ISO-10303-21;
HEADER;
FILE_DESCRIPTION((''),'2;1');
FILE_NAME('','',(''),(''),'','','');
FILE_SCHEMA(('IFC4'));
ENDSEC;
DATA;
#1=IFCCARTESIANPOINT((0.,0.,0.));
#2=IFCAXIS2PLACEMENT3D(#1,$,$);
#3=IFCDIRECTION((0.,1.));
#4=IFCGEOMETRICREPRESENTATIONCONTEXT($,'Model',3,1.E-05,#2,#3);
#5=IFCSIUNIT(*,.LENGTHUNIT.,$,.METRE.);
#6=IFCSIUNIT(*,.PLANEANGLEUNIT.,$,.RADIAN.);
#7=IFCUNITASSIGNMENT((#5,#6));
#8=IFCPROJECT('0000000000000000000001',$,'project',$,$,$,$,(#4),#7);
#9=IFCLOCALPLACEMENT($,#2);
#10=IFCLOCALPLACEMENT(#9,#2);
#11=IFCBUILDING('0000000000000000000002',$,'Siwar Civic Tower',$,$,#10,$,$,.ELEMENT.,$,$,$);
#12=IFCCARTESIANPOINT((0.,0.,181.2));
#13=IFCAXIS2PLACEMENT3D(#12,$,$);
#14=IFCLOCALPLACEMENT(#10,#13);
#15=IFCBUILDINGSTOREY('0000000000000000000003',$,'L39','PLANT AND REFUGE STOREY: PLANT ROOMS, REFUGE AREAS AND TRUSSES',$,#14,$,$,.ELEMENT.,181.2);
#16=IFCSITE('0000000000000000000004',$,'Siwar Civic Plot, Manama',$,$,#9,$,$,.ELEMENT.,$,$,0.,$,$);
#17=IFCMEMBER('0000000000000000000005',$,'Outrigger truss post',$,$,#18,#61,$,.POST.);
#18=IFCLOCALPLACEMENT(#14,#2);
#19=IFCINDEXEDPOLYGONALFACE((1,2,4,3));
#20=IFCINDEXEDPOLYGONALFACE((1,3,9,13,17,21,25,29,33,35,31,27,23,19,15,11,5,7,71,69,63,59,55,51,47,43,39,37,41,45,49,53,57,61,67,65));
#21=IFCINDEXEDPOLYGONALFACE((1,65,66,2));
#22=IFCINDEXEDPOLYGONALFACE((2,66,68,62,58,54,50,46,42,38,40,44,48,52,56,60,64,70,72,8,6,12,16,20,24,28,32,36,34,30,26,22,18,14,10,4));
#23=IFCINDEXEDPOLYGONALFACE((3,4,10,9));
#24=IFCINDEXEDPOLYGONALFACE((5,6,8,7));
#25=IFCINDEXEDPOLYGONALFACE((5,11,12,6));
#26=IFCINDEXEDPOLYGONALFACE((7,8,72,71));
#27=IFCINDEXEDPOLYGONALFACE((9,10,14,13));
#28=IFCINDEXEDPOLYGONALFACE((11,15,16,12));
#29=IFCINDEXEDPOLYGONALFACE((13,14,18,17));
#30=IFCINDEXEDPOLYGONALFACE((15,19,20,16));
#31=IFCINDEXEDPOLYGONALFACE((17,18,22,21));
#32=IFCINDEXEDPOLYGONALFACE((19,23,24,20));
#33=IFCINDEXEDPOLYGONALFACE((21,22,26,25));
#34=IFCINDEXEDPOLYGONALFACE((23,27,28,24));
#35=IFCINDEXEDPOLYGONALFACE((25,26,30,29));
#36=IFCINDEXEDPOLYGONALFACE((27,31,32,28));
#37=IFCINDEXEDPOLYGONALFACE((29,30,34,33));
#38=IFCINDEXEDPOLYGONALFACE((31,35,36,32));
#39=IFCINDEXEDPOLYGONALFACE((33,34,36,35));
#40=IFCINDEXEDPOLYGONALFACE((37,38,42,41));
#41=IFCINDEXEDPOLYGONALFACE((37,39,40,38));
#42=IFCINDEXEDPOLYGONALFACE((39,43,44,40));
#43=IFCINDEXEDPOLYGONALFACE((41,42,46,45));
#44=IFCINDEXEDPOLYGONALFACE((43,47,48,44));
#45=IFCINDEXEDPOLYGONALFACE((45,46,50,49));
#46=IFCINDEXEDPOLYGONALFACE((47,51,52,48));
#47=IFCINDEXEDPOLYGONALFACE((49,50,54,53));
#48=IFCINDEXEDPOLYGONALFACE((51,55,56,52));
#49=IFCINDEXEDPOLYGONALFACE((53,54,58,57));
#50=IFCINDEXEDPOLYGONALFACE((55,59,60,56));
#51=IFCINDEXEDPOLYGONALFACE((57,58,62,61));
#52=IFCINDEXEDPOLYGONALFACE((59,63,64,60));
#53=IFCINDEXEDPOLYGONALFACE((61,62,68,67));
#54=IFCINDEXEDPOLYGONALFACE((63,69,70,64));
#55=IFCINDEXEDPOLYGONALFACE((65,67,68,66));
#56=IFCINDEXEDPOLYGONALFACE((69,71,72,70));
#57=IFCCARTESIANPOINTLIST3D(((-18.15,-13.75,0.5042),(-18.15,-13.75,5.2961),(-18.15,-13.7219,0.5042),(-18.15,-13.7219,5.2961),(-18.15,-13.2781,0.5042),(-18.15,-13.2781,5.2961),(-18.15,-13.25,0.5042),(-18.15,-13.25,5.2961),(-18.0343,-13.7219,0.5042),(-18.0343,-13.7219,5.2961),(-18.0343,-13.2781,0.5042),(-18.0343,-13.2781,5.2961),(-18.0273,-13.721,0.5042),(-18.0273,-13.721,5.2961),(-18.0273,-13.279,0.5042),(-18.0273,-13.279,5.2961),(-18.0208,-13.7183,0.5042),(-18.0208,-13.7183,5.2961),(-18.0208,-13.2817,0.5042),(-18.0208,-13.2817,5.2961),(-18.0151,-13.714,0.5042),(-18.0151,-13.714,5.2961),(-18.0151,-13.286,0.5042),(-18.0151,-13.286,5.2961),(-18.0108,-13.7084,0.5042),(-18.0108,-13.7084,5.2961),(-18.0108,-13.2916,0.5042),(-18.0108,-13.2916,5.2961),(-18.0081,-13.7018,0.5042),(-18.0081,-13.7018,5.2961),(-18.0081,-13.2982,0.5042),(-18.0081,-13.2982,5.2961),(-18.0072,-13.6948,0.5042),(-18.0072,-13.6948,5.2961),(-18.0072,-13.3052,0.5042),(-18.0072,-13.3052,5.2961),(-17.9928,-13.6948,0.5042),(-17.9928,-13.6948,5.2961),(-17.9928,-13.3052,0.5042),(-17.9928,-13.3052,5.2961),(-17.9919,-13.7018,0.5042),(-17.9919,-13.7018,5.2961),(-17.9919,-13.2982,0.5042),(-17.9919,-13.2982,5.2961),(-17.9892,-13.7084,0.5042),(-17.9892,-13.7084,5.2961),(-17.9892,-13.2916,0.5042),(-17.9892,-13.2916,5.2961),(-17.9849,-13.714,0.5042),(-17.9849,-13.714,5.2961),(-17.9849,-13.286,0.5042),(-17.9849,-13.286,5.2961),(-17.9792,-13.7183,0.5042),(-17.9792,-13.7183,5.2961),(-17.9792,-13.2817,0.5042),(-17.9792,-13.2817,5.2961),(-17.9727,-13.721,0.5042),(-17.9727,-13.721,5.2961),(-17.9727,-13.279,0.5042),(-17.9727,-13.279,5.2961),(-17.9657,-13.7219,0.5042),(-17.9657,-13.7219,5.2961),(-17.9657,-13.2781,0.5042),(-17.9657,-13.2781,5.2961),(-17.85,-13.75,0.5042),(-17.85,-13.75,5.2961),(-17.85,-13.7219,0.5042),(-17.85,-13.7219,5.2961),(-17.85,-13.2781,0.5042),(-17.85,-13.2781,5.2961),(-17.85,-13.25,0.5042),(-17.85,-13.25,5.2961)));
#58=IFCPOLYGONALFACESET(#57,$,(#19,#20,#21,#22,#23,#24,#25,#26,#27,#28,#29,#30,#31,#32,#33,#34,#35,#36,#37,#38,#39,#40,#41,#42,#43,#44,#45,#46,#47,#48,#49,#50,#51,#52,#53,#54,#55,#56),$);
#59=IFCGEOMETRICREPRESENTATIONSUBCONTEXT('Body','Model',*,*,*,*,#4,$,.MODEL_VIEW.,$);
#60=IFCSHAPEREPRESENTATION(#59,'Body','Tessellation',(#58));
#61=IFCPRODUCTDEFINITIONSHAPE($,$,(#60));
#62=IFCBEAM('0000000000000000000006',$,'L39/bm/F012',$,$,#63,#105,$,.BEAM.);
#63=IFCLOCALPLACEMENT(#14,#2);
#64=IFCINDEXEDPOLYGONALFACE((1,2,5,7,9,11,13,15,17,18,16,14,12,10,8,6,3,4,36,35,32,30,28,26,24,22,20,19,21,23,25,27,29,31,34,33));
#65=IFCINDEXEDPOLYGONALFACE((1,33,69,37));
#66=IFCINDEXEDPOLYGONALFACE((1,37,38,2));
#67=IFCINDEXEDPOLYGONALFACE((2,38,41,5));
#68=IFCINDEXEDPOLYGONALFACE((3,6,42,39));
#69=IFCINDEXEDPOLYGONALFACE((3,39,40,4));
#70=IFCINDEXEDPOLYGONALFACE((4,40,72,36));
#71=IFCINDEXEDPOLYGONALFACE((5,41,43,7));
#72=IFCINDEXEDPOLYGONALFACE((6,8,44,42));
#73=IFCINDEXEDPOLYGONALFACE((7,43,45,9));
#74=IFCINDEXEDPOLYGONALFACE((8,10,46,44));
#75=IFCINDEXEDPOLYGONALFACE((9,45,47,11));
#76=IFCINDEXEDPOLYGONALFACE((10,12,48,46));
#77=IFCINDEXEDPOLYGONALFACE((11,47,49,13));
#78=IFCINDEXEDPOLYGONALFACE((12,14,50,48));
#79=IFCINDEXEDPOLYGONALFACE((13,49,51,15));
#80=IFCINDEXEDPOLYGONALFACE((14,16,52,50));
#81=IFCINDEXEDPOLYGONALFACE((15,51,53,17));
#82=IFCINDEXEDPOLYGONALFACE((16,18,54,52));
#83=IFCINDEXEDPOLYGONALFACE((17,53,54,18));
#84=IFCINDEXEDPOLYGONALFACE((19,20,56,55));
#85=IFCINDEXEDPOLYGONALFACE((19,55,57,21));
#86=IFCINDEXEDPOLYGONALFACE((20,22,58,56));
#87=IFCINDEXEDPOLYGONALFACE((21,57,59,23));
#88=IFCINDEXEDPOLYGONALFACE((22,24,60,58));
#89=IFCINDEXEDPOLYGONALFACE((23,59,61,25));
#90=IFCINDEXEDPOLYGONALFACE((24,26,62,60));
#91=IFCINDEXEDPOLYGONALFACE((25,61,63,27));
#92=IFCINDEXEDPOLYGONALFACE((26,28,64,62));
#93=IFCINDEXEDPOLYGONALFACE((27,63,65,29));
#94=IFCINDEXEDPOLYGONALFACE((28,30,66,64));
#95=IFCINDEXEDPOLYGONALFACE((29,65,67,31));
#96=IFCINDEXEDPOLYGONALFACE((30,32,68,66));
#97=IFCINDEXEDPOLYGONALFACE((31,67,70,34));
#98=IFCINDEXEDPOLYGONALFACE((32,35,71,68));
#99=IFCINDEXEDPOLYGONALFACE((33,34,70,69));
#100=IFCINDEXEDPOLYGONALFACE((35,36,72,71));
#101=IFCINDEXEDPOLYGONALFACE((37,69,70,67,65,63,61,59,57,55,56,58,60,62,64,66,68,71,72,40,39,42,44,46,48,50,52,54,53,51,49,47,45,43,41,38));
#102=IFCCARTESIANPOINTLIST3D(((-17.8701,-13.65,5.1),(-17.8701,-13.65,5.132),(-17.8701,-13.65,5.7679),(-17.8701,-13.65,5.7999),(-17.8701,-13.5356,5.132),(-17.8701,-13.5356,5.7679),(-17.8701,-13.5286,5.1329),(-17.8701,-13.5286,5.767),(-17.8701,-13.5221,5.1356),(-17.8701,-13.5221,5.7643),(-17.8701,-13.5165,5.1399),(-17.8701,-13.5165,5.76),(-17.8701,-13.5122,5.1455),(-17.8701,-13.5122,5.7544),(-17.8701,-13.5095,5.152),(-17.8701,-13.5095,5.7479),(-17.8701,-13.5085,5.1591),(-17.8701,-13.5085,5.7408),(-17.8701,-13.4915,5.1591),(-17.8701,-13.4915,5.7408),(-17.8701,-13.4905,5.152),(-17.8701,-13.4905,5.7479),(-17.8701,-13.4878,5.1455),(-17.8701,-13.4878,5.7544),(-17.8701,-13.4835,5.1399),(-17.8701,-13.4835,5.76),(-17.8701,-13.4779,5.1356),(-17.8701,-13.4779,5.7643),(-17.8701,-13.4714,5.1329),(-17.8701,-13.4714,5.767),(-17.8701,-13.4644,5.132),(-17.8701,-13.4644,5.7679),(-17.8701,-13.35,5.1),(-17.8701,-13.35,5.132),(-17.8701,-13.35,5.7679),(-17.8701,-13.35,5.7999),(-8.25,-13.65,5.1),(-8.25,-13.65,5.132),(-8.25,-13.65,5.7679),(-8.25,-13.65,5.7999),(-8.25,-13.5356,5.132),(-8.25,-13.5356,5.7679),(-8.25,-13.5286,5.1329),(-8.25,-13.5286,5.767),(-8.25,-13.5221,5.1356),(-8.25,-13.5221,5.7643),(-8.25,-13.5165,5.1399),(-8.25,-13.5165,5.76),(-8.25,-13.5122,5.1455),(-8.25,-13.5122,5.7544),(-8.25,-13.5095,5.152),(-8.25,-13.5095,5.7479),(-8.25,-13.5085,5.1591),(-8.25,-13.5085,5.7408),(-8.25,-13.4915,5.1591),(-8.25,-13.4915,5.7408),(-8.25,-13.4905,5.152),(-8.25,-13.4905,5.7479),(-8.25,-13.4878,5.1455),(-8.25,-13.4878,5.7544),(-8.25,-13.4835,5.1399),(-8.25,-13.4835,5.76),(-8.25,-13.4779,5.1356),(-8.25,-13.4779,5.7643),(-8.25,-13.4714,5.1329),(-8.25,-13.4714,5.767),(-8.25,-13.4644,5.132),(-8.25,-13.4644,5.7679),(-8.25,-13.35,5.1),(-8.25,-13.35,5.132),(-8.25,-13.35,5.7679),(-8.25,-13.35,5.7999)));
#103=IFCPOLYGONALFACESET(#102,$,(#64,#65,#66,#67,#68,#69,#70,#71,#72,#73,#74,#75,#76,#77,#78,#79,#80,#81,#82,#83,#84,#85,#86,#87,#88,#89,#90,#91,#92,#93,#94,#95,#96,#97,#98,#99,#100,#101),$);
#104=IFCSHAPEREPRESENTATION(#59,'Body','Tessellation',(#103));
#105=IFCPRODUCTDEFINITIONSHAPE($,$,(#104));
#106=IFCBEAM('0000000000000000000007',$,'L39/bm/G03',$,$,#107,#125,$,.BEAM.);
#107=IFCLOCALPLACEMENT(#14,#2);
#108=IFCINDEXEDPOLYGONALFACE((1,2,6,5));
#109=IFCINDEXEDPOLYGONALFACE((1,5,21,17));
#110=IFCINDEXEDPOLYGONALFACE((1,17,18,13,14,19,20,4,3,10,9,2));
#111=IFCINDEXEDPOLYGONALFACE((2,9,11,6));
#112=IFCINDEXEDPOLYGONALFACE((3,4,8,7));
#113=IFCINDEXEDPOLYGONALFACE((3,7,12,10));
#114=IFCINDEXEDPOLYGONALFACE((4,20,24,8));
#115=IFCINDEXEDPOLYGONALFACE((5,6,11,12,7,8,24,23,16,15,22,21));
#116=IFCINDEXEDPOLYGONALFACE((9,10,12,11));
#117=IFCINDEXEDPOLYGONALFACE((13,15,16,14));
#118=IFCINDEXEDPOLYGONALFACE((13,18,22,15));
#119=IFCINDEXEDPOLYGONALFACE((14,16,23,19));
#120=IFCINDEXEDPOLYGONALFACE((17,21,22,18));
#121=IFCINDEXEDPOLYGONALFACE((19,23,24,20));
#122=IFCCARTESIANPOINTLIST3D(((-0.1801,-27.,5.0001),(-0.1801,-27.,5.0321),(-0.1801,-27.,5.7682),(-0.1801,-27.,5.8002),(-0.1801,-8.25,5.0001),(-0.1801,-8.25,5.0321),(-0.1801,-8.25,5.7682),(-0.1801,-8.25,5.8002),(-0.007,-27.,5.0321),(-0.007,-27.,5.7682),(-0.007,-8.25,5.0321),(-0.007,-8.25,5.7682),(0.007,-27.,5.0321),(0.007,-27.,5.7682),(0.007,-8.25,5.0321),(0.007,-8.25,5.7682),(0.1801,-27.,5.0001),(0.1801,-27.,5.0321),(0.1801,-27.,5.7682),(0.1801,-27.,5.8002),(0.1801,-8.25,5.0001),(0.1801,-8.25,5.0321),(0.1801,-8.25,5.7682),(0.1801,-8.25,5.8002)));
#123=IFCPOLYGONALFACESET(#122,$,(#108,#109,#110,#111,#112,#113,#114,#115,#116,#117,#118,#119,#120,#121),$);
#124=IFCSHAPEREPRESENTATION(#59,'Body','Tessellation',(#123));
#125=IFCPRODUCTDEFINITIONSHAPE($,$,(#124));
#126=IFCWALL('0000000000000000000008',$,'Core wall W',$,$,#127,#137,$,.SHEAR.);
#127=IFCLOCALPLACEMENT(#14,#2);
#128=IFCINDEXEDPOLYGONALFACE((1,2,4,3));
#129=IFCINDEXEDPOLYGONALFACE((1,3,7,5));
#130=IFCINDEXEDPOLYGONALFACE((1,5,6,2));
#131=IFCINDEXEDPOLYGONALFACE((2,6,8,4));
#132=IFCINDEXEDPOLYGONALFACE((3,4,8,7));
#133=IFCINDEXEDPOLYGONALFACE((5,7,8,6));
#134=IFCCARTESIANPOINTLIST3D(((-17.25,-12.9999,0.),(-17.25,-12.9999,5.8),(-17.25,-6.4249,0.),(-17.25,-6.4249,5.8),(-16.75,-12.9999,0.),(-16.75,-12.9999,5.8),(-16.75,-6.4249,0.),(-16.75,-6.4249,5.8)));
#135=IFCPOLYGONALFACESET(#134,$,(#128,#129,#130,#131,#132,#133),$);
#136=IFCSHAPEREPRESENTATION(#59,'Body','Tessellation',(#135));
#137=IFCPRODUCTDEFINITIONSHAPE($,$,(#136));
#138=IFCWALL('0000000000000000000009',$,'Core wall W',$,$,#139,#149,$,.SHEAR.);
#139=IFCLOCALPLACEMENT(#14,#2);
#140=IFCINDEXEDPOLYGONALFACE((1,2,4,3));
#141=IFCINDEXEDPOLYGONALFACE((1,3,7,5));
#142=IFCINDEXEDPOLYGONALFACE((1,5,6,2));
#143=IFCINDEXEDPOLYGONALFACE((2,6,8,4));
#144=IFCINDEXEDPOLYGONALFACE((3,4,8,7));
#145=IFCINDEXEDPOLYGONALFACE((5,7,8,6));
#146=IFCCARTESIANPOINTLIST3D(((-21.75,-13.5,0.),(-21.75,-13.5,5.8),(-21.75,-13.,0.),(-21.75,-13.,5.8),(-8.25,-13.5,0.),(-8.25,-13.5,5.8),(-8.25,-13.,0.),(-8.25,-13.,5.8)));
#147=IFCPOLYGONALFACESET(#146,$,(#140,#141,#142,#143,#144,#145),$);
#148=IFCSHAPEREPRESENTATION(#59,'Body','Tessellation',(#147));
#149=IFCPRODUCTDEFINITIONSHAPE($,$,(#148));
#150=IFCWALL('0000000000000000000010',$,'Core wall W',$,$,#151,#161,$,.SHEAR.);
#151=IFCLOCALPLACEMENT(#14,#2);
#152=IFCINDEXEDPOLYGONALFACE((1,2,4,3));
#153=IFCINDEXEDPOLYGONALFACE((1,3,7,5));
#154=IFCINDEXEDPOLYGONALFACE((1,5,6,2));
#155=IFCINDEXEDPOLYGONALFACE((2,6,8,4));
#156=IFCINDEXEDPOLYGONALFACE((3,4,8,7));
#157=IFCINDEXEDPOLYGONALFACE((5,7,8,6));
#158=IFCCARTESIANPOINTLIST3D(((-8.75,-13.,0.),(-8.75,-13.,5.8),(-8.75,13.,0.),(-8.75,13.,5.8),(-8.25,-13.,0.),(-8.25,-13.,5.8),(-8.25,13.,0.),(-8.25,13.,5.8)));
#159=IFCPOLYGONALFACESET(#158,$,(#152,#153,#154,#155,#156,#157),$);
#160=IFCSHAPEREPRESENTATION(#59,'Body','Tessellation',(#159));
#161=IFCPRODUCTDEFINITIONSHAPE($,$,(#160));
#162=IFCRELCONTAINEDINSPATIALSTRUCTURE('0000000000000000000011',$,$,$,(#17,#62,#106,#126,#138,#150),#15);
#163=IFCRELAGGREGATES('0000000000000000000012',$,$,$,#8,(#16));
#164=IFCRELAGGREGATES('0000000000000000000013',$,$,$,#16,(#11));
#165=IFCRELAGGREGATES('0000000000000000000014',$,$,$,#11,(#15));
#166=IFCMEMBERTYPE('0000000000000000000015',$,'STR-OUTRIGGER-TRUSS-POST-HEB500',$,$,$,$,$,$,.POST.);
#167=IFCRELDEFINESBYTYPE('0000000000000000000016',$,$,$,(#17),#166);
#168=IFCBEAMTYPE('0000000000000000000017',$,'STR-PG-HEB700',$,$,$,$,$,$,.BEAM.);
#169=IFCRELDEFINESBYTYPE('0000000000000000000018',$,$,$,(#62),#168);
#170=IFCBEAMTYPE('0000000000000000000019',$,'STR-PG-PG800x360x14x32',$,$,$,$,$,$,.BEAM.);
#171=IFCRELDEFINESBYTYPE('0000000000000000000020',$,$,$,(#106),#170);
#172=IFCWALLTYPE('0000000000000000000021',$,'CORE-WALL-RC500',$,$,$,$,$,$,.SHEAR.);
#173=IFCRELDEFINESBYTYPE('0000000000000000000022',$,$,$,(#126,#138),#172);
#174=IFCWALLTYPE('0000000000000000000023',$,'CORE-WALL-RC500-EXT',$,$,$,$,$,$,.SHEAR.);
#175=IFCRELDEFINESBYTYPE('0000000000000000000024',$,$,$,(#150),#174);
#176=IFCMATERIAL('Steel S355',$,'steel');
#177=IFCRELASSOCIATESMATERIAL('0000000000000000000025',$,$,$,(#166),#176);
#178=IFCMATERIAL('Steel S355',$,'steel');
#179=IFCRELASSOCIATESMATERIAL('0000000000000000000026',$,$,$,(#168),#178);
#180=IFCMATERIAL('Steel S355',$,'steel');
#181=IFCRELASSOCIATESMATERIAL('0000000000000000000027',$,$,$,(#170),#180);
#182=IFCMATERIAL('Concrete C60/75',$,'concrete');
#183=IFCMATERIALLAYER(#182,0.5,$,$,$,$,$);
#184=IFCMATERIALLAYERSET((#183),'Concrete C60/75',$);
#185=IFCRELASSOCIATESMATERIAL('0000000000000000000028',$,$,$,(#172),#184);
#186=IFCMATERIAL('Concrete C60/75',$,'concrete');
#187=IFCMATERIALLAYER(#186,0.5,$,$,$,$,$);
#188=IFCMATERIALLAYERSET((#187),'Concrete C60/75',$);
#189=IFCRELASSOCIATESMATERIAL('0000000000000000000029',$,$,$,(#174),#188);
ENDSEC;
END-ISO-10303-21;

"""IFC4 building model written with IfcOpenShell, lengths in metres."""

from ifc_helpers import new_model, si_unit, direction, frame, frame_2d, origin, origin_2d, place, context, subcontext, project, spatial, rectangle, i_section, extrude, material, layer, layer_set, material_profile, profile_set, type_object, element, save


model = new_model("IFC4")

# Units and contexts
model_context = context("Model", 3, precision=1e-05, world=origin(), true_north=direction((0.0, 1.0)))
body_context = subcontext(model_context, "Body", "Model", "MODEL_VIEW")
ifc_project = project(units=[si_unit("LENGTHUNIT", "METRE"), si_unit("PLANEANGLEUNIT", "RADIAN")], contexts=[model_context])

# Site, building, storey
site_placement = place(None, origin())
site = spatial("IfcSite", under=ifc_project, at=site_placement, Name="Siwar Civic Plot, Manama", CompositionType="ELEMENT", RefElevation=0.0)
building_placement = place(site_placement, origin())
building = spatial("IfcBuilding", under=site, at=building_placement, Name="Siwar Civic Tower", CompositionType="ELEMENT")
storey_placement = place(building_placement, frame((0.0, 0.0, 181.2)))
storey = spatial("IfcBuildingStorey", under=building, at=storey_placement, Name="L39", Description="PLANT AND REFUGE STOREY: PLANT ROOMS, REFUGE AREAS AND TRUSSES", CompositionType="ELEMENT", Elevation=181.2)

# Member
ifc_material_1 = material(Name="Steel S355", Category="steel")
ifc_material_profile_1 = material_profile(ifc_material_1, i_section(OverallWidth=0.3, OverallDepth=0.5, WebThickness=0.0144, FlangeThickness=0.0281, FilletRadius=0.0271, at=origin_2d()), Name="HEB500")
ifc_profile_set_1 = profile_set([ifc_material_profile_1], Name="Steel S355")
member_type_1 = type_object("IfcMemberType", Name="STR-OUTRIGGER-TRUSS-POST-HEB500", PredefinedType="POST", material=ifc_profile_set_1)
member_1_placement = place(storey_placement, frame((-18.0, -13.5, 0.5042), z_axis=(0.0, 0.0, 1.0), x_axis=(1.0, 0.0, 0.0)))
element("IfcMember", 1, at=member_1_placement, inside=storey, type_object=member_type_1, Name="Outrigger truss post", PredefinedType="POST", context=body_context, shape_type="SweptSolid", body=[
    extrude(i_section(OverallWidth=0.3, OverallDepth=0.5, WebThickness=0.0144, FlangeThickness=0.0281, FilletRadius=0.0271, at=origin_2d()), origin(), (0.0, 0.0, 1.0), 4.792),
])

# Beams
ifc_material_2 = material(Name="Steel S355", Category="steel")
ifc_material_profile_2 = material_profile(ifc_material_2, i_section(OverallWidth=0.3, OverallDepth=0.7, WebThickness=0.0171, FlangeThickness=0.032, FilletRadius=0.0271, at=origin_2d()), Name="HEB700")
ifc_profile_set_2 = profile_set([ifc_material_profile_2], Name="Steel S355")
beam_type_1 = type_object("IfcBeamType", Name="STR-PG-HEB700", PredefinedType="BEAM", material=ifc_profile_set_2)
beam_1_placement = place(storey_placement, frame((-17.8701, -13.5, 5.45), z_axis=(1.0, 0.0, 0.0), x_axis=(0.0, 1.0, 0.0)))
element("IfcBeam", 2, at=beam_1_placement, inside=storey, type_object=beam_type_1, Name="L39/bm/F012", PredefinedType="BEAM", context=body_context, shape_type="SweptSolid", body=[
    extrude(i_section(OverallWidth=0.3, OverallDepth=0.7, WebThickness=0.0171, FlangeThickness=0.032, FilletRadius=0.0271, at=origin_2d()), origin(), (0.0, 0.0, 1.0), 9.6201),
])
ifc_material_3 = material(Name="Steel S355", Category="steel")
ifc_material_profile_3 = material_profile(ifc_material_3, i_section(OverallWidth=0.3601, OverallDepth=0.8, WebThickness=0.0139, FlangeThickness=0.032, at=origin_2d()), Name="PG800x360x14x32")
ifc_profile_set_3 = profile_set([ifc_material_profile_3], Name="Steel S355")
beam_type_2 = type_object("IfcBeamType", Name="STR-PG-PG800x360x14x32", PredefinedType="BEAM", material=ifc_profile_set_3)
beam_2_placement = place(storey_placement, frame((0.0, -27.0, 5.4001), z_axis=(0.0, 1.0, 0.0), x_axis=(-1.0, 0.0, 0.0)))
element("IfcBeam", 3, at=beam_2_placement, inside=storey, type_object=beam_type_2, Name="L39/bm/G03", PredefinedType="BEAM", context=body_context, shape_type="SweptSolid", body=[
    extrude(i_section(OverallWidth=0.3601, OverallDepth=0.8, WebThickness=0.0139, FlangeThickness=0.032, at=origin_2d()), origin(), (0.0, 0.0, 1.0), 18.75),
])

# Walls
ifc_material_4 = material(Name="Concrete C60/75", Category="concrete")
ifc_layer_1 = layer(ifc_material_4, 0.5)
ifc_layer_set_1 = layer_set([ifc_layer_1], Name="Concrete C60/75")
wall_type_1 = type_object("IfcWallType", Name="CORE-WALL-RC500", PredefinedType="SHEAR", material=ifc_layer_set_1)
wall_1_placement = place(storey_placement, frame((-17.0, -13.0, 0.0), z_axis=(0.0, 0.0, 1.0), x_axis=(0.0, 1.0, 0.0)))
element("IfcWall", 4, at=wall_1_placement, inside=storey, type_object=wall_type_1, Name="Core wall W", PredefinedType="SHEAR", context=body_context, shape_type="SweptSolid", body=[
    extrude(rectangle(XDim=6.575, YDim=0.5, at=frame_2d((3.2876, 0.0))), origin(), (0.0, 0.0, 1.0), 5.8),
])
wall_2_placement = place(storey_placement, frame((-8.25, -13.25, 0.0), z_axis=(0.0, 0.0, 1.0), x_axis=(-1.0, 0.0, 0.0)))
element("IfcWall", 5, at=wall_2_placement, inside=storey, type_object=wall_type_1, Name="Core wall W", PredefinedType="SHEAR", context=body_context, shape_type="SweptSolid", body=[
    extrude(rectangle(XDim=13.5, YDim=0.5, at=frame_2d((6.75, 0.0))), origin(), (0.0, 0.0, 1.0), 5.8),
])
ifc_material_5 = material(Name="Concrete C60/75", Category="concrete")
ifc_layer_2 = layer(ifc_material_5, 0.5)
ifc_layer_set_2 = layer_set([ifc_layer_2], Name="Concrete C60/75")
wall_type_2 = type_object("IfcWallType", Name="CORE-WALL-RC500-EXT", PredefinedType="SHEAR", material=ifc_layer_set_2)
wall_3_placement = place(storey_placement, frame((-8.5, -13.0, 0.0), z_axis=(0.0, 0.0, 1.0), x_axis=(0.0, 1.0, 0.0)))
element("IfcWall", 6, at=wall_3_placement, inside=storey, type_object=wall_type_2, Name="Core wall W", PredefinedType="SHEAR", context=body_context, shape_type="SweptSolid", body=[
    extrude(rectangle(XDim=26.0, YDim=0.5, at=frame_2d((13.0, 0.0))), origin(), (0.0, 0.0, 1.0), 5.8),
])

save(model, "model.ifc")
